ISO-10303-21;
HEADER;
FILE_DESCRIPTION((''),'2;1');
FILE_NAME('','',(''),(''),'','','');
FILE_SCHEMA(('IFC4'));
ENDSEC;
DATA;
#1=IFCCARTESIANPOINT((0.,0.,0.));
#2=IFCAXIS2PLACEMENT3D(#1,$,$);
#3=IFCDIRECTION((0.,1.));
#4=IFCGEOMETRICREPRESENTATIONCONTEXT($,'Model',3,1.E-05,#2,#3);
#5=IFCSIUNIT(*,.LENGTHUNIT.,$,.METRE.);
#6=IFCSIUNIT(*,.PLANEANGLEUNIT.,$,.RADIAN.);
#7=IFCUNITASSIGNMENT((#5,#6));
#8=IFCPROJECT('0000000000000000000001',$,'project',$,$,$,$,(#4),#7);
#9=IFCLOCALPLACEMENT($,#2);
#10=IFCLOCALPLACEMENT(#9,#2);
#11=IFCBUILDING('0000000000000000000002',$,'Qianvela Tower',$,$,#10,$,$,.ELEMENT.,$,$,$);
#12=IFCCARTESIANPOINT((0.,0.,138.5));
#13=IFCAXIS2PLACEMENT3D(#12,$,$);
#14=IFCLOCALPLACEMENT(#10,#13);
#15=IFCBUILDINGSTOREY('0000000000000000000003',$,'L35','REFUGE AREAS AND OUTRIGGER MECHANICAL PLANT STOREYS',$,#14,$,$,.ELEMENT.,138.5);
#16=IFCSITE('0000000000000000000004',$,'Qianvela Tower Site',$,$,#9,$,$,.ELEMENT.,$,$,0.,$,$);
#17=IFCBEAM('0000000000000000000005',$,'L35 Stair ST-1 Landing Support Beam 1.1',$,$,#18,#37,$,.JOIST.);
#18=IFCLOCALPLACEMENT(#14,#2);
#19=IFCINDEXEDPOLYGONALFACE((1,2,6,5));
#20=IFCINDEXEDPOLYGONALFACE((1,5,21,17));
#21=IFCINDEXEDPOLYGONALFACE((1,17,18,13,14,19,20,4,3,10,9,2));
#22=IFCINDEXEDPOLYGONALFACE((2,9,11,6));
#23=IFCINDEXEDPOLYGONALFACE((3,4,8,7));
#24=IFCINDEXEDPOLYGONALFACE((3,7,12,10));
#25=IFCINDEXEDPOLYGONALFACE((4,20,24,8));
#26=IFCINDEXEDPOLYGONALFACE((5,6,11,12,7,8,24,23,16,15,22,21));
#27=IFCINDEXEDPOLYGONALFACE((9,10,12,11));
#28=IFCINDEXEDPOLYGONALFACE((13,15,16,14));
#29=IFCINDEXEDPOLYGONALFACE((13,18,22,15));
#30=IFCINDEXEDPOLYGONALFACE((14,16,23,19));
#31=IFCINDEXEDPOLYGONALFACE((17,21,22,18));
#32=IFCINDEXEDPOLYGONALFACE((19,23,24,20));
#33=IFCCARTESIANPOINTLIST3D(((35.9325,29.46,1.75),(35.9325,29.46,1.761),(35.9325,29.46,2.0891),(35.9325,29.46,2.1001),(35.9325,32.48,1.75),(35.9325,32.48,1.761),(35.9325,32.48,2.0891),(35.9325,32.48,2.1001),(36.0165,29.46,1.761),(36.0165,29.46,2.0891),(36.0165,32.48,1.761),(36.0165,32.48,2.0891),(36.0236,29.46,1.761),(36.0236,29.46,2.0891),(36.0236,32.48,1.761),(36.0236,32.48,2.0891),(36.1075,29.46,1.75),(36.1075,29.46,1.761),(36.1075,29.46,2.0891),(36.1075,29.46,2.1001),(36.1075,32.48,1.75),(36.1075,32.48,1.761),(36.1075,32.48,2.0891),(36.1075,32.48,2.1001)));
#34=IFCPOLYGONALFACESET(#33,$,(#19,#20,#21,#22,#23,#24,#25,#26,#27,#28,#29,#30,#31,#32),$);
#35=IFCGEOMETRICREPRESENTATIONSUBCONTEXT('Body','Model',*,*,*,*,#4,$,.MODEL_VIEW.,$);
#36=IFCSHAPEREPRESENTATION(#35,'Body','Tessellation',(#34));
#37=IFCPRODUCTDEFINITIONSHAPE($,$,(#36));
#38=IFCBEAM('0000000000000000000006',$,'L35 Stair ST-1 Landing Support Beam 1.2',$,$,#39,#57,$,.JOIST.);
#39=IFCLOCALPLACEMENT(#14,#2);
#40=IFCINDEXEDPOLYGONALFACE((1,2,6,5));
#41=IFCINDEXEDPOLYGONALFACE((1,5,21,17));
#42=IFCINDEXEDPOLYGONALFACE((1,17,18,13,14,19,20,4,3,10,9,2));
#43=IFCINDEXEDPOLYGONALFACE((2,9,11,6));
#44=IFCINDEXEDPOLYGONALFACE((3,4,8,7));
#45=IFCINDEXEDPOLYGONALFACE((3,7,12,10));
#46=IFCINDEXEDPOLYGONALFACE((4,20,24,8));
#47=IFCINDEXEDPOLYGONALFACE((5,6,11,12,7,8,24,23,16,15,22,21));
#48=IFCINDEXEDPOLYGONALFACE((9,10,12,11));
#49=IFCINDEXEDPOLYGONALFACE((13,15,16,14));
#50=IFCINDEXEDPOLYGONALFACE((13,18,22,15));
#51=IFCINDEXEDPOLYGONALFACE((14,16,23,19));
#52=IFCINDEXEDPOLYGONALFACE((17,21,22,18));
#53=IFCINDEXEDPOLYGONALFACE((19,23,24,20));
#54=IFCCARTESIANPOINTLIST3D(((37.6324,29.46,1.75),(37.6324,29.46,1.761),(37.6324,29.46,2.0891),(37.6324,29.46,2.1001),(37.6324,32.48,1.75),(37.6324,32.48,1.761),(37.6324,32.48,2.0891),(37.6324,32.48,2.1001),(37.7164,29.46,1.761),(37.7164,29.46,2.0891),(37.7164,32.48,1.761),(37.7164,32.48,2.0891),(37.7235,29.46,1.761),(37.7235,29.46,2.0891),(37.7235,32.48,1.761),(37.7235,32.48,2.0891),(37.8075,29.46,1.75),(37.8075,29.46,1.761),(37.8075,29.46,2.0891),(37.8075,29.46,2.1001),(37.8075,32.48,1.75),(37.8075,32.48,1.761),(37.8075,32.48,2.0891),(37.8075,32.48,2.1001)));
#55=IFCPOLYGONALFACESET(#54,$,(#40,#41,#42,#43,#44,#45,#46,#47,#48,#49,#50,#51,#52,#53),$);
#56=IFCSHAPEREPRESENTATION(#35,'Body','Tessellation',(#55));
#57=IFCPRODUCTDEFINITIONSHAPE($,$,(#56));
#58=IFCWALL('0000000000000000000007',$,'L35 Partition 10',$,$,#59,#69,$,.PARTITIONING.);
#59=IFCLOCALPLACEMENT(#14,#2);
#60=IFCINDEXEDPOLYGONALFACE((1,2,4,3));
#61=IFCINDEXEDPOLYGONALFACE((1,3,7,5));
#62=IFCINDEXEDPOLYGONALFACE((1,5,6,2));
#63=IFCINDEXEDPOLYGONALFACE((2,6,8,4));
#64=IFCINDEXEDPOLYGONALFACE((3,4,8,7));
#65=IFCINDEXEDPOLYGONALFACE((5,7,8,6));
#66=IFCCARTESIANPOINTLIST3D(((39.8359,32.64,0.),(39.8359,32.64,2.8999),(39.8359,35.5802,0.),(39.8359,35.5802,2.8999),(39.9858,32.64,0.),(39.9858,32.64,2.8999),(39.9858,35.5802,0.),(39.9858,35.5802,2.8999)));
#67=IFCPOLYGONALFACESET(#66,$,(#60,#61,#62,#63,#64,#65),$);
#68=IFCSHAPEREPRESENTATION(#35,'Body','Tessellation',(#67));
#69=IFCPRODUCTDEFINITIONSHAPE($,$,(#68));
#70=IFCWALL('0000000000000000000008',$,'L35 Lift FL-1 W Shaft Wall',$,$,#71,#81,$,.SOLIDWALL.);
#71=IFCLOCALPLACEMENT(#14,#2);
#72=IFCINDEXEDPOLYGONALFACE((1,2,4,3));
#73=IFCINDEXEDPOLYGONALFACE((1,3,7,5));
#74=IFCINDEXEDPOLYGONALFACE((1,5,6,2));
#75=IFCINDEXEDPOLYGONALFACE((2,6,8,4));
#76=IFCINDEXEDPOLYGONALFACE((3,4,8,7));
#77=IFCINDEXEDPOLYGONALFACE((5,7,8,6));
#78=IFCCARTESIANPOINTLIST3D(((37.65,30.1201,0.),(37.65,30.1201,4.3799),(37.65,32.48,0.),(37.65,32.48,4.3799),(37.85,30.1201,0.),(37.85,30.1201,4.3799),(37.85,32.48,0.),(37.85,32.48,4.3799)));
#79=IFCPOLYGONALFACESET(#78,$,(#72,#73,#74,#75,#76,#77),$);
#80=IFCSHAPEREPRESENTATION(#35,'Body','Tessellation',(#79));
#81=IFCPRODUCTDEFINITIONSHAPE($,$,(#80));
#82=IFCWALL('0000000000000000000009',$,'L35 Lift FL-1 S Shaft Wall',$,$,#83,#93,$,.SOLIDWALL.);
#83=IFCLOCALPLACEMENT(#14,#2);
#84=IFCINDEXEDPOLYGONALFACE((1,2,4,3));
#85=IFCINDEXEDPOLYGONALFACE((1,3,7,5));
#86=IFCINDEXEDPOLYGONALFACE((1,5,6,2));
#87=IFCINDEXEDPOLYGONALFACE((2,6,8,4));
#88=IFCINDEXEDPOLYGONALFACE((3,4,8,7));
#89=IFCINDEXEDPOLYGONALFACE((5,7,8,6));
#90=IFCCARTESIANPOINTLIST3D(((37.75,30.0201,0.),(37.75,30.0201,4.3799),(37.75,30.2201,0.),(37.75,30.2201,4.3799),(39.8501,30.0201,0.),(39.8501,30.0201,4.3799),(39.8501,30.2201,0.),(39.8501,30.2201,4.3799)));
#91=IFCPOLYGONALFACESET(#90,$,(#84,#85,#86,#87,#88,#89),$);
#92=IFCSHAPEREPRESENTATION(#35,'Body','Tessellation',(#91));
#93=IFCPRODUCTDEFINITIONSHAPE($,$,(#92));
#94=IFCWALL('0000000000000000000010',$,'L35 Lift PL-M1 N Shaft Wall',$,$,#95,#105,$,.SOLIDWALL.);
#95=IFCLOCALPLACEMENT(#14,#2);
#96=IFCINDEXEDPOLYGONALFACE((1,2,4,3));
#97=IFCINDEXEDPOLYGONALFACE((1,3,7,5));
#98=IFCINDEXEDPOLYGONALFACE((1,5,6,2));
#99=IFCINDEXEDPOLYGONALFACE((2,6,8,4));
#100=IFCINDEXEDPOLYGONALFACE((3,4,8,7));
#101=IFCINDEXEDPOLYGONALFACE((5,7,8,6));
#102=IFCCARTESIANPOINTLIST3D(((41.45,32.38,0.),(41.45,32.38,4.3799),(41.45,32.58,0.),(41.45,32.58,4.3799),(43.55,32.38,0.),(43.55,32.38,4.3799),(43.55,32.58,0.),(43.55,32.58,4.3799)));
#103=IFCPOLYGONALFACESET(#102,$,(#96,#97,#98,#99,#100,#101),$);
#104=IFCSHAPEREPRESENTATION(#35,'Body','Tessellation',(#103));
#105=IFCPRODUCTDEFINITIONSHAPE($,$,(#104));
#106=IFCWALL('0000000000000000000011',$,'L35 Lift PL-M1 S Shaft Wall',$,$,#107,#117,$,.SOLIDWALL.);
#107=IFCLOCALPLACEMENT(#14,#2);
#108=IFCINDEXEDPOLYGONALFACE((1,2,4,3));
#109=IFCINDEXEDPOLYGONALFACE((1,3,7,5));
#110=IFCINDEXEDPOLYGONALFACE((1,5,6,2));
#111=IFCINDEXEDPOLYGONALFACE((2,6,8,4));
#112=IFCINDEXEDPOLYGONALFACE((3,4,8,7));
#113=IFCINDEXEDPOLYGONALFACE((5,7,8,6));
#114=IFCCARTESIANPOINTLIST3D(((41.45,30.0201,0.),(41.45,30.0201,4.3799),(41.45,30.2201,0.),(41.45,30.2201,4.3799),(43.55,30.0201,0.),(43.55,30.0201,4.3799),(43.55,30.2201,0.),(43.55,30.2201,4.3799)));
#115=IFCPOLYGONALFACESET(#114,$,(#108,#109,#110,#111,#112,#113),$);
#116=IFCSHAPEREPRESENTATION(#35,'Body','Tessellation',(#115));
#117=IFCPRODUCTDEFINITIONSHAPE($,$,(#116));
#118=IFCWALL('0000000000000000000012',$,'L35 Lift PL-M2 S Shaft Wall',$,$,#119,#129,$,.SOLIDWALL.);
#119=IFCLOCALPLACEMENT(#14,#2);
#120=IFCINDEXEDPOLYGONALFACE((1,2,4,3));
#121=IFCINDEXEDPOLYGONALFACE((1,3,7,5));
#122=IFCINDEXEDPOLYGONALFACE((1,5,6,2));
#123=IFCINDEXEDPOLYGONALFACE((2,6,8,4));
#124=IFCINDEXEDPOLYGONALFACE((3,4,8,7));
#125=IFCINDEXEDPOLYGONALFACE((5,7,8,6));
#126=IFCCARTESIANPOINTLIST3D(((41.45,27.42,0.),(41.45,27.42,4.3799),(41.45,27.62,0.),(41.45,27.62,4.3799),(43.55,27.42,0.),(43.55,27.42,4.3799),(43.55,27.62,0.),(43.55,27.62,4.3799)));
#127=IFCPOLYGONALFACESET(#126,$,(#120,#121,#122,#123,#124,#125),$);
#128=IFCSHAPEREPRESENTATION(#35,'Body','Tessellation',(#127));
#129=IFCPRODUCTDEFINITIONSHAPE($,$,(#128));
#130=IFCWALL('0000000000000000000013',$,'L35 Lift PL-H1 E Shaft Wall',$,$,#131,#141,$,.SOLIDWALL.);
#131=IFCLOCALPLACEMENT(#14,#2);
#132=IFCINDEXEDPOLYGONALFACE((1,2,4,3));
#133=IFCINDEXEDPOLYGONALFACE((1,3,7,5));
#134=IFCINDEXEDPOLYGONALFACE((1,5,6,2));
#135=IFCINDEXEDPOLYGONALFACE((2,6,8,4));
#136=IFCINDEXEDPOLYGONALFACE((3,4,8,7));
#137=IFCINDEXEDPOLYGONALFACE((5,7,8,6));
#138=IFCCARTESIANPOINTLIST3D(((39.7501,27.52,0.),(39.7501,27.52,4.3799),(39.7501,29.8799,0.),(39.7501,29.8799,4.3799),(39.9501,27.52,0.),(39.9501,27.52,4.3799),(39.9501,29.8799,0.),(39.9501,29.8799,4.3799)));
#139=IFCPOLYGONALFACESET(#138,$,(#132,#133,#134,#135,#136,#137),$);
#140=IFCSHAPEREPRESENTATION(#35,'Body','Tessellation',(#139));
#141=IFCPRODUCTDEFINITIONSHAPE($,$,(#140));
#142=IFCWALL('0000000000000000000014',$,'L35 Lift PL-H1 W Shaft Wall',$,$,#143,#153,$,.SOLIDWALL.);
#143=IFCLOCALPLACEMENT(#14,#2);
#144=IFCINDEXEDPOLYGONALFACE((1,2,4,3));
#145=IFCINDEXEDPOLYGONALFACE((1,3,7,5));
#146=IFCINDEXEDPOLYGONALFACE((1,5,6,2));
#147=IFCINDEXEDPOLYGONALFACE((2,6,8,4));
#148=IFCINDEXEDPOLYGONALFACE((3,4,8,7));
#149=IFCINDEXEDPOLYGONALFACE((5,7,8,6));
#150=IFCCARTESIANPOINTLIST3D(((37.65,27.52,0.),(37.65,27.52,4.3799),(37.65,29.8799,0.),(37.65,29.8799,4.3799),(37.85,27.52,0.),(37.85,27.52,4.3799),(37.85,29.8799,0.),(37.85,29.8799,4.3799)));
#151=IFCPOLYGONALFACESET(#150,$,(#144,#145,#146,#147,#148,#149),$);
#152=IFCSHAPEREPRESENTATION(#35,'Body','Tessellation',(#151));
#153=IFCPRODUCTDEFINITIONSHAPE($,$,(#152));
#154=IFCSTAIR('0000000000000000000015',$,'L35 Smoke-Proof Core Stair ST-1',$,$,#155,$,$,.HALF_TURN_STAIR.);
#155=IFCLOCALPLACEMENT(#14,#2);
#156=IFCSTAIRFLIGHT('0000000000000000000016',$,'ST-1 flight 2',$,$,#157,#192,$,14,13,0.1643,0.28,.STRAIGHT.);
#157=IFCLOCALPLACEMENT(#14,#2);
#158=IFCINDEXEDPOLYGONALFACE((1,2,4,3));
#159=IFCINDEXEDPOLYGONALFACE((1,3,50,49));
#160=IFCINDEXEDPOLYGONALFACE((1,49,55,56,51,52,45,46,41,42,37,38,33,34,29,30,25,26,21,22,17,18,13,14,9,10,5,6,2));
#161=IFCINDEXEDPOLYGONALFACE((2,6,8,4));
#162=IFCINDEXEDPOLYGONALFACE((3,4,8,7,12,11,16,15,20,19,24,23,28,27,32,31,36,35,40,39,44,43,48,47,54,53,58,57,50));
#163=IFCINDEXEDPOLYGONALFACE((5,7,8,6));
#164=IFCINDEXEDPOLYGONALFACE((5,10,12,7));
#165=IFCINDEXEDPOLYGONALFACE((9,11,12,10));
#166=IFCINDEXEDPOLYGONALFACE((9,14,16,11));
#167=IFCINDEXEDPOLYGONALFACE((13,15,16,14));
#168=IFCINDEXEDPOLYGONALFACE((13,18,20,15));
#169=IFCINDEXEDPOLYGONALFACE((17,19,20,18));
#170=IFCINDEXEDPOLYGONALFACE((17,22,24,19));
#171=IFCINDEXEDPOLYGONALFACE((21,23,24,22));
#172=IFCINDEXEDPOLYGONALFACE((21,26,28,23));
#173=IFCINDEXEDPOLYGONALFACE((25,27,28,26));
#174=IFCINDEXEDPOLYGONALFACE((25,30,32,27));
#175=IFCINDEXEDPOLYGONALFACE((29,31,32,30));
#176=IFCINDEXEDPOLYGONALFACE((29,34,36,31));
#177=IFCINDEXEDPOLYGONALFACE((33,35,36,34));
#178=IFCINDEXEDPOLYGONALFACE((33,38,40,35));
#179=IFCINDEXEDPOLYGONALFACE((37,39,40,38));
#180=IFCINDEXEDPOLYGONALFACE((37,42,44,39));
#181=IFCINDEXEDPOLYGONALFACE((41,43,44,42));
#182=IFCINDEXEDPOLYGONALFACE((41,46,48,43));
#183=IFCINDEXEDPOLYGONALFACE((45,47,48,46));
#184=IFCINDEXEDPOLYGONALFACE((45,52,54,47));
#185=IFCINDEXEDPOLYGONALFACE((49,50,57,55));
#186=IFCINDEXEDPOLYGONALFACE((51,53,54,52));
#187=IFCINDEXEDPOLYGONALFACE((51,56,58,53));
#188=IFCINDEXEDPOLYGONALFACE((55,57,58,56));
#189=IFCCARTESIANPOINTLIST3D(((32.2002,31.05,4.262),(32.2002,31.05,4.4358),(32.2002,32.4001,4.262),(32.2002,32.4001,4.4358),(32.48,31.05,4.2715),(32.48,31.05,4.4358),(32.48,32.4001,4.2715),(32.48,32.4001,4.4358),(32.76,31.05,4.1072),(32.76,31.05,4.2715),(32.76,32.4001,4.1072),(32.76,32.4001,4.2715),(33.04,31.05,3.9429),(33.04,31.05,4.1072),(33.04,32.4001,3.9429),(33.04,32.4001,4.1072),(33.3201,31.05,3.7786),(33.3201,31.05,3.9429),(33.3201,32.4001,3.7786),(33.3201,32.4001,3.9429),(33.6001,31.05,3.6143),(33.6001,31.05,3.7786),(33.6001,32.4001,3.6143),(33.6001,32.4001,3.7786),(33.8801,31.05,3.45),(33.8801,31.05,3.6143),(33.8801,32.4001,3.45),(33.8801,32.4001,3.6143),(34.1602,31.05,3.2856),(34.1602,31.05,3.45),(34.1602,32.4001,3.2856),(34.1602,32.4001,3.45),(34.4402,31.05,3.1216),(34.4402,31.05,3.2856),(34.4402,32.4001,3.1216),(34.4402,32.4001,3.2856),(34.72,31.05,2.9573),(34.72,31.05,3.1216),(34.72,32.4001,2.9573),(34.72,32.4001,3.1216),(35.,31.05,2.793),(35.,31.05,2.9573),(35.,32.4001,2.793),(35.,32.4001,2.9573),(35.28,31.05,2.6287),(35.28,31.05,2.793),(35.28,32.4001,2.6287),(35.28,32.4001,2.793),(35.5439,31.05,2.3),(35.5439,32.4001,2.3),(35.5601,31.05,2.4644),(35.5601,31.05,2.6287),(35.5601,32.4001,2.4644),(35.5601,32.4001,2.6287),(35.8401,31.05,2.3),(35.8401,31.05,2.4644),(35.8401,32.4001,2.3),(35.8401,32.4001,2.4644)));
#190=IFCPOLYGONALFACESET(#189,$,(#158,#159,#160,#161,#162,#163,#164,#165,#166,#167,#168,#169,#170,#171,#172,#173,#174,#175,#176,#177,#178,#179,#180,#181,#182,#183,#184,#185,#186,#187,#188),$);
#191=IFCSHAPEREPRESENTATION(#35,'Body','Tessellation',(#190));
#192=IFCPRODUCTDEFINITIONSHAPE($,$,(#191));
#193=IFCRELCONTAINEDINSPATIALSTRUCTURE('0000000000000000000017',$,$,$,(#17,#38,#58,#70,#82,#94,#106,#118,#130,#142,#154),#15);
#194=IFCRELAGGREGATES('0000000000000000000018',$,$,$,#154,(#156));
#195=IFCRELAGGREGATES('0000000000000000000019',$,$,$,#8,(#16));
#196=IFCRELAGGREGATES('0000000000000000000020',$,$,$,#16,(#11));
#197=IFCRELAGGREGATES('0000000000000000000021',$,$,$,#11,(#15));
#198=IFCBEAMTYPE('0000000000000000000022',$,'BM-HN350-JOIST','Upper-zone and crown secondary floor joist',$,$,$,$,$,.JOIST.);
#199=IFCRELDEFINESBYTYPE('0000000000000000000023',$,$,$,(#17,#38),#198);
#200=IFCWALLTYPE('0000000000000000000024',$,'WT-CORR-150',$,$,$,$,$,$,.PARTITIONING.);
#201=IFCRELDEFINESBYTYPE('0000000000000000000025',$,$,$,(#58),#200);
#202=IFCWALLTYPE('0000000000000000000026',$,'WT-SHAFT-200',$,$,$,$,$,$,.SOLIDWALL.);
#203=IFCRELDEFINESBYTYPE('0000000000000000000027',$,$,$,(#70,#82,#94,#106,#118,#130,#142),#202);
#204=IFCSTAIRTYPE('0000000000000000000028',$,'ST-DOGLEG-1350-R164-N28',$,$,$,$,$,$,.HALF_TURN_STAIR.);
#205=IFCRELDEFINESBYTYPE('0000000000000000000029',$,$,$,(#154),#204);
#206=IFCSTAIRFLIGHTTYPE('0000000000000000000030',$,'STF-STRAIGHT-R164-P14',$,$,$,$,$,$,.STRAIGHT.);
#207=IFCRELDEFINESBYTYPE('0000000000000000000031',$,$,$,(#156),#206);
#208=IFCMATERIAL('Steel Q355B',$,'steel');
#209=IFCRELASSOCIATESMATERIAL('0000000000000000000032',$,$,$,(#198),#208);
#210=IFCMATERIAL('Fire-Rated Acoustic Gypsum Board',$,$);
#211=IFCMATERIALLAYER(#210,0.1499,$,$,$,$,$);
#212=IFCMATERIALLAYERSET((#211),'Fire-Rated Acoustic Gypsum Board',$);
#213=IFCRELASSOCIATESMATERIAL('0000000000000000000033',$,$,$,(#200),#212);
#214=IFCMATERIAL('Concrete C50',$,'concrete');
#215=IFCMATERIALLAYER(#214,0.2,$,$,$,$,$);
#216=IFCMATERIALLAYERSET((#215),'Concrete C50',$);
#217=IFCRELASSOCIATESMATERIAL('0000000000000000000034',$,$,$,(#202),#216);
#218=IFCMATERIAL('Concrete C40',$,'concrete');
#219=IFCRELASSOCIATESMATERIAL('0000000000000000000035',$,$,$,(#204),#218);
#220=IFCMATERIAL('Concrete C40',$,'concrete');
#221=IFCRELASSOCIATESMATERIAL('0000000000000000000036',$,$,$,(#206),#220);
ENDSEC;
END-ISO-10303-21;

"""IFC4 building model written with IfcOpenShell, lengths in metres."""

from ifc_helpers import new_model, si_unit, direction, frame, frame_2d, origin, origin_2d, place, context, subcontext, project, spatial, polyline, rectangle, i_section, outline, extrude, material, layer, layer_set, material_profile, profile_set, type_object, element, aggregate, save


model = new_model("IFC4")

# Units and contexts
model_context = context("Model", 3, precision=1e-05, world=origin(), true_north=direction((0.0, 1.0)))
body_context = subcontext(model_context, "Body", "Model", "MODEL_VIEW")
ifc_project = project(units=[si_unit("LENGTHUNIT", "METRE"), si_unit("PLANEANGLEUNIT", "RADIAN")], contexts=[model_context])

# Site, building, storey
site_placement = place(None, origin())
site = spatial("IfcSite", under=ifc_project, at=site_placement, Name="Qianvela Tower Site", CompositionType="ELEMENT", RefElevation=0.0)
building_placement = place(site_placement, origin())
building = spatial("IfcBuilding", under=site, at=building_placement, Name="Qianvela Tower", CompositionType="ELEMENT")
storey_placement = place(building_placement, frame((0.0, 0.0, 138.5)))
storey = spatial("IfcBuildingStorey", under=building, at=storey_placement, Name="L35", Description="REFUGE AREAS AND OUTRIGGER MECHANICAL PLANT STOREYS", CompositionType="ELEMENT", Elevation=138.5)

# Beams
ifc_material_1 = material(Name="Steel Q355B", Category="steel")
ifc_material_profile = material_profile(ifc_material_1, i_section(OverallWidth=0.175, OverallDepth=0.3501, WebThickness=0.0071, FlangeThickness=0.011, at=origin_2d()), Name="HN350x175x7x11")
ifc_profile_set = profile_set([ifc_material_profile], Name="Steel Q355B")
beam_type = type_object("IfcBeamType", Name="BM-HN350-JOIST", Description="Upper-zone and crown secondary floor joist", PredefinedType="JOIST", material=ifc_profile_set)
for number, where, z_axis, x_axis, name in (
    (1, (36.02, 29.46, 1.925), (0.0, 1.0, 0.0), (-1.0, 0.0, 0.0), "L35 Stair ST-1 Landing Support Beam 1.1"),
    (2, (37.72, 29.46, 1.925), (0.0, 1.0, 0.0), (-1.0, 0.0, 0.0), "L35 Stair ST-1 Landing Support Beam 1.2"),
):
    element("IfcBeam", number, at=place(storey_placement, frame(where, z_axis=z_axis, x_axis=x_axis)), inside=storey, type_object=beam_type, Name=name, PredefinedType="JOIST", context=body_context, shape_type="SweptSolid", body=[
        extrude(i_section(OverallWidth=0.175, OverallDepth=0.3501, WebThickness=0.0071, FlangeThickness=0.011, at=origin_2d()), origin(), (0.0, 0.0, 1.0), 3.02),
    ])

# Wall
ifc_material_2 = material(Name="Fire-Rated Acoustic Gypsum Board")
ifc_layer_1 = layer(ifc_material_2, 0.1499)
ifc_layer_set_1 = layer_set([ifc_layer_1], Name="Fire-Rated Acoustic Gypsum Board")
wall_type_1 = type_object("IfcWallType", Name="WT-CORR-150", PredefinedType="PARTITIONING", material=ifc_layer_set_1)
wall_1_placement = place(storey_placement, frame((39.9109, 32.6399, 0.0), z_axis=(0.0, 0.0, 1.0), x_axis=(0.0, 1.0, 0.0)))
element("IfcWall", 3, at=wall_1_placement, inside=storey, type_object=wall_type_1, Name="L35 Partition 10", PredefinedType="PARTITIONING", context=body_context, shape_type="SweptSolid", body=[
    extrude(rectangle(XDim=2.9402, YDim=0.1499, at=frame_2d((1.4702, 0.0))), origin(), (0.0, 0.0, 1.0), 2.8999),
])

# Shared definitions
ifc_material_3 = material(Name="Concrete C50", Category="concrete")
ifc_layer_2 = layer(ifc_material_3, 0.2)
ifc_layer_set_2 = layer_set([ifc_layer_2], Name="Concrete C50")
wall_type_2 = type_object("IfcWallType", Name="WT-SHAFT-200", PredefinedType="SOLIDWALL", material=ifc_layer_set_2)

# Walls
wall_2_placement = place(storey_placement, frame((37.75, 30.1201, 0.0), z_axis=(0.0, 0.0, 1.0), x_axis=(0.0, 1.0, 0.0)))
element("IfcWall", 4, at=wall_2_placement, inside=storey, type_object=wall_type_2, Name="L35 Lift FL-1 W Shaft Wall", PredefinedType="SOLIDWALL", context=body_context, shape_type="SweptSolid", body=[
    extrude(rectangle(XDim=2.3599, YDim=0.2, at=frame_2d((1.1799, 0.0))), origin(), (0.0, 0.0, 1.0), 4.3799),
])
wall_3_placement = place(storey_placement, frame((37.75, 30.1201, 0.0), z_axis=(0.0, 0.0, 1.0), x_axis=(1.0, 0.0, 0.0)))
element("IfcWall", 5, at=wall_3_placement, inside=storey, type_object=wall_type_2, Name="L35 Lift FL-1 S Shaft Wall", PredefinedType="SOLIDWALL", context=body_context, shape_type="SweptSolid", body=[
    extrude(rectangle(XDim=2.1001, YDim=0.2, at=frame_2d((1.05, 0.0))), origin(), (0.0, 0.0, 1.0), 4.3799),
])

# Walls
for number, where, z_axis, x_axis, name in (
    (6, (41.45, 32.48, 0.0), (0.0, 0.0, 1.0), (1.0, 0.0, 0.0), "L35 Lift PL-M1 N Shaft Wall"),
    (7, (41.45, 30.1201, 0.0), (0.0, 0.0, 1.0), (1.0, 0.0, 0.0), "L35 Lift PL-M1 S Shaft Wall"),
):
    element("IfcWall", number, at=place(storey_placement, frame(where, z_axis=z_axis, x_axis=x_axis)), inside=storey, type_object=wall_type_2, Name=name, PredefinedType="SOLIDWALL", context=body_context, shape_type="SweptSolid", body=[
        extrude(rectangle(XDim=2.1001, YDim=0.2, at=frame_2d((1.05, 0.0))), origin(), (0.0, 0.0, 1.0), 4.3799),
    ])

# Walls
wall_4_placement = place(storey_placement, frame((41.45, 27.52, 0.0), z_axis=(0.0, 0.0, 1.0), x_axis=(1.0, 0.0, 0.0)))
element("IfcWall", 8, at=wall_4_placement, inside=storey, type_object=wall_type_2, Name="L35 Lift PL-M2 S Shaft Wall", PredefinedType="SOLIDWALL", context=body_context, shape_type="SweptSolid", body=[
    extrude(rectangle(XDim=2.1001, YDim=0.2, at=frame_2d((1.05, 0.0))), origin(), (0.0, 0.0, 1.0), 4.3799),
])
for number, where, z_axis, x_axis, name in (
    (9, (39.8501, 27.52, 0.0), (0.0, 0.0, 1.0), (0.0, 1.0, 0.0), "L35 Lift PL-H1 E Shaft Wall"),
    (10, (37.75, 27.52, 0.0), (0.0, 0.0, 1.0), (0.0, 1.0, 0.0), "L35 Lift PL-H1 W Shaft Wall"),
):
    element("IfcWall", number, at=place(storey_placement, frame(where, z_axis=z_axis, x_axis=x_axis)), inside=storey, type_object=wall_type_2, Name=name, PredefinedType="SOLIDWALL", context=body_context, shape_type="SweptSolid", body=[
        extrude(rectangle(XDim=2.3599, YDim=0.2, at=frame_2d((1.1799, 0.0))), origin(), (0.0, 0.0, 1.0), 4.3799),
    ])

# Stair, stair flight
ifc_material_4 = material(Name="Concrete C40", Category="concrete")
stair_type = type_object("IfcStairType", Name="ST-DOGLEG-1350-R164-N28", PredefinedType="HALF_TURN_STAIR", material=ifc_material_4)
stair_placement = place(storey_placement, origin())
stair = element("IfcStair", 11, at=stair_placement, inside=storey, type_object=stair_type, Name="L35 Smoke-Proof Core Stair ST-1", PredefinedType="HALF_TURN_STAIR")
ifc_material_5 = material(Name="Concrete C40", Category="concrete")
stair_flight_type = type_object("IfcStairFlightType", Name="STF-STRAIGHT-R164-P14", PredefinedType="STRAIGHT", material=ifc_material_5)
stair_flight_placement = place(storey_placement, frame((35.8401, 31.7251, 2.3), z_axis=(0.0, 0.0, 1.0), x_axis=(-1.0, 0.0, 0.0)))
stair_flight = element("IfcStairFlight", 12, at=stair_flight_placement, type_object=stair_flight_type, Name="ST-1 flight 2", NumberOfRisers=14, NumberOfTreads=13, PredefinedType="STRAIGHT", RiserHeight=0.1643, TreadLength=0.28, context=body_context, shape_type="SweptSolid", body=[
    extrude(outline(polyline([(0.0, 0.0), (0.0, 0.1643), (0.28, 0.1643), (0.28, 0.3286), (0.5601, 0.3286), (0.5601, 0.4929), (0.8401, 0.4929), (0.8401, 0.6572), (1.1201, 0.6572), (1.1201, 0.8215), (1.3999, 0.8215), (1.3999, 0.9856), (1.6799, 0.9856), (1.6799, 1.1499), (1.96, 1.1499), (1.96, 1.3142), (2.24, 1.3142), (2.24, 1.4785), (2.52, 1.4785), (2.52, 1.6428), (2.8, 1.6428), (2.8, 1.8071), (3.0801, 1.8071), (3.0801, 1.9714), (3.3601, 1.9714), (3.3601, 2.1357), (3.6399, 2.1357), (3.6399, 2.3), (3.6399, 1.9619), (0.2961, 0.0), (0.0, 0.0)])), frame((0.0, 0.675, 0.0), z_axis=(0.0, -1.0, 0.0), x_axis=(1.0, 0.0, 0.0)), (0.0, 0.0, 1.0), 1.3501),
])
aggregate(stair, [stair_flight])

save(model, "model.ifc")
